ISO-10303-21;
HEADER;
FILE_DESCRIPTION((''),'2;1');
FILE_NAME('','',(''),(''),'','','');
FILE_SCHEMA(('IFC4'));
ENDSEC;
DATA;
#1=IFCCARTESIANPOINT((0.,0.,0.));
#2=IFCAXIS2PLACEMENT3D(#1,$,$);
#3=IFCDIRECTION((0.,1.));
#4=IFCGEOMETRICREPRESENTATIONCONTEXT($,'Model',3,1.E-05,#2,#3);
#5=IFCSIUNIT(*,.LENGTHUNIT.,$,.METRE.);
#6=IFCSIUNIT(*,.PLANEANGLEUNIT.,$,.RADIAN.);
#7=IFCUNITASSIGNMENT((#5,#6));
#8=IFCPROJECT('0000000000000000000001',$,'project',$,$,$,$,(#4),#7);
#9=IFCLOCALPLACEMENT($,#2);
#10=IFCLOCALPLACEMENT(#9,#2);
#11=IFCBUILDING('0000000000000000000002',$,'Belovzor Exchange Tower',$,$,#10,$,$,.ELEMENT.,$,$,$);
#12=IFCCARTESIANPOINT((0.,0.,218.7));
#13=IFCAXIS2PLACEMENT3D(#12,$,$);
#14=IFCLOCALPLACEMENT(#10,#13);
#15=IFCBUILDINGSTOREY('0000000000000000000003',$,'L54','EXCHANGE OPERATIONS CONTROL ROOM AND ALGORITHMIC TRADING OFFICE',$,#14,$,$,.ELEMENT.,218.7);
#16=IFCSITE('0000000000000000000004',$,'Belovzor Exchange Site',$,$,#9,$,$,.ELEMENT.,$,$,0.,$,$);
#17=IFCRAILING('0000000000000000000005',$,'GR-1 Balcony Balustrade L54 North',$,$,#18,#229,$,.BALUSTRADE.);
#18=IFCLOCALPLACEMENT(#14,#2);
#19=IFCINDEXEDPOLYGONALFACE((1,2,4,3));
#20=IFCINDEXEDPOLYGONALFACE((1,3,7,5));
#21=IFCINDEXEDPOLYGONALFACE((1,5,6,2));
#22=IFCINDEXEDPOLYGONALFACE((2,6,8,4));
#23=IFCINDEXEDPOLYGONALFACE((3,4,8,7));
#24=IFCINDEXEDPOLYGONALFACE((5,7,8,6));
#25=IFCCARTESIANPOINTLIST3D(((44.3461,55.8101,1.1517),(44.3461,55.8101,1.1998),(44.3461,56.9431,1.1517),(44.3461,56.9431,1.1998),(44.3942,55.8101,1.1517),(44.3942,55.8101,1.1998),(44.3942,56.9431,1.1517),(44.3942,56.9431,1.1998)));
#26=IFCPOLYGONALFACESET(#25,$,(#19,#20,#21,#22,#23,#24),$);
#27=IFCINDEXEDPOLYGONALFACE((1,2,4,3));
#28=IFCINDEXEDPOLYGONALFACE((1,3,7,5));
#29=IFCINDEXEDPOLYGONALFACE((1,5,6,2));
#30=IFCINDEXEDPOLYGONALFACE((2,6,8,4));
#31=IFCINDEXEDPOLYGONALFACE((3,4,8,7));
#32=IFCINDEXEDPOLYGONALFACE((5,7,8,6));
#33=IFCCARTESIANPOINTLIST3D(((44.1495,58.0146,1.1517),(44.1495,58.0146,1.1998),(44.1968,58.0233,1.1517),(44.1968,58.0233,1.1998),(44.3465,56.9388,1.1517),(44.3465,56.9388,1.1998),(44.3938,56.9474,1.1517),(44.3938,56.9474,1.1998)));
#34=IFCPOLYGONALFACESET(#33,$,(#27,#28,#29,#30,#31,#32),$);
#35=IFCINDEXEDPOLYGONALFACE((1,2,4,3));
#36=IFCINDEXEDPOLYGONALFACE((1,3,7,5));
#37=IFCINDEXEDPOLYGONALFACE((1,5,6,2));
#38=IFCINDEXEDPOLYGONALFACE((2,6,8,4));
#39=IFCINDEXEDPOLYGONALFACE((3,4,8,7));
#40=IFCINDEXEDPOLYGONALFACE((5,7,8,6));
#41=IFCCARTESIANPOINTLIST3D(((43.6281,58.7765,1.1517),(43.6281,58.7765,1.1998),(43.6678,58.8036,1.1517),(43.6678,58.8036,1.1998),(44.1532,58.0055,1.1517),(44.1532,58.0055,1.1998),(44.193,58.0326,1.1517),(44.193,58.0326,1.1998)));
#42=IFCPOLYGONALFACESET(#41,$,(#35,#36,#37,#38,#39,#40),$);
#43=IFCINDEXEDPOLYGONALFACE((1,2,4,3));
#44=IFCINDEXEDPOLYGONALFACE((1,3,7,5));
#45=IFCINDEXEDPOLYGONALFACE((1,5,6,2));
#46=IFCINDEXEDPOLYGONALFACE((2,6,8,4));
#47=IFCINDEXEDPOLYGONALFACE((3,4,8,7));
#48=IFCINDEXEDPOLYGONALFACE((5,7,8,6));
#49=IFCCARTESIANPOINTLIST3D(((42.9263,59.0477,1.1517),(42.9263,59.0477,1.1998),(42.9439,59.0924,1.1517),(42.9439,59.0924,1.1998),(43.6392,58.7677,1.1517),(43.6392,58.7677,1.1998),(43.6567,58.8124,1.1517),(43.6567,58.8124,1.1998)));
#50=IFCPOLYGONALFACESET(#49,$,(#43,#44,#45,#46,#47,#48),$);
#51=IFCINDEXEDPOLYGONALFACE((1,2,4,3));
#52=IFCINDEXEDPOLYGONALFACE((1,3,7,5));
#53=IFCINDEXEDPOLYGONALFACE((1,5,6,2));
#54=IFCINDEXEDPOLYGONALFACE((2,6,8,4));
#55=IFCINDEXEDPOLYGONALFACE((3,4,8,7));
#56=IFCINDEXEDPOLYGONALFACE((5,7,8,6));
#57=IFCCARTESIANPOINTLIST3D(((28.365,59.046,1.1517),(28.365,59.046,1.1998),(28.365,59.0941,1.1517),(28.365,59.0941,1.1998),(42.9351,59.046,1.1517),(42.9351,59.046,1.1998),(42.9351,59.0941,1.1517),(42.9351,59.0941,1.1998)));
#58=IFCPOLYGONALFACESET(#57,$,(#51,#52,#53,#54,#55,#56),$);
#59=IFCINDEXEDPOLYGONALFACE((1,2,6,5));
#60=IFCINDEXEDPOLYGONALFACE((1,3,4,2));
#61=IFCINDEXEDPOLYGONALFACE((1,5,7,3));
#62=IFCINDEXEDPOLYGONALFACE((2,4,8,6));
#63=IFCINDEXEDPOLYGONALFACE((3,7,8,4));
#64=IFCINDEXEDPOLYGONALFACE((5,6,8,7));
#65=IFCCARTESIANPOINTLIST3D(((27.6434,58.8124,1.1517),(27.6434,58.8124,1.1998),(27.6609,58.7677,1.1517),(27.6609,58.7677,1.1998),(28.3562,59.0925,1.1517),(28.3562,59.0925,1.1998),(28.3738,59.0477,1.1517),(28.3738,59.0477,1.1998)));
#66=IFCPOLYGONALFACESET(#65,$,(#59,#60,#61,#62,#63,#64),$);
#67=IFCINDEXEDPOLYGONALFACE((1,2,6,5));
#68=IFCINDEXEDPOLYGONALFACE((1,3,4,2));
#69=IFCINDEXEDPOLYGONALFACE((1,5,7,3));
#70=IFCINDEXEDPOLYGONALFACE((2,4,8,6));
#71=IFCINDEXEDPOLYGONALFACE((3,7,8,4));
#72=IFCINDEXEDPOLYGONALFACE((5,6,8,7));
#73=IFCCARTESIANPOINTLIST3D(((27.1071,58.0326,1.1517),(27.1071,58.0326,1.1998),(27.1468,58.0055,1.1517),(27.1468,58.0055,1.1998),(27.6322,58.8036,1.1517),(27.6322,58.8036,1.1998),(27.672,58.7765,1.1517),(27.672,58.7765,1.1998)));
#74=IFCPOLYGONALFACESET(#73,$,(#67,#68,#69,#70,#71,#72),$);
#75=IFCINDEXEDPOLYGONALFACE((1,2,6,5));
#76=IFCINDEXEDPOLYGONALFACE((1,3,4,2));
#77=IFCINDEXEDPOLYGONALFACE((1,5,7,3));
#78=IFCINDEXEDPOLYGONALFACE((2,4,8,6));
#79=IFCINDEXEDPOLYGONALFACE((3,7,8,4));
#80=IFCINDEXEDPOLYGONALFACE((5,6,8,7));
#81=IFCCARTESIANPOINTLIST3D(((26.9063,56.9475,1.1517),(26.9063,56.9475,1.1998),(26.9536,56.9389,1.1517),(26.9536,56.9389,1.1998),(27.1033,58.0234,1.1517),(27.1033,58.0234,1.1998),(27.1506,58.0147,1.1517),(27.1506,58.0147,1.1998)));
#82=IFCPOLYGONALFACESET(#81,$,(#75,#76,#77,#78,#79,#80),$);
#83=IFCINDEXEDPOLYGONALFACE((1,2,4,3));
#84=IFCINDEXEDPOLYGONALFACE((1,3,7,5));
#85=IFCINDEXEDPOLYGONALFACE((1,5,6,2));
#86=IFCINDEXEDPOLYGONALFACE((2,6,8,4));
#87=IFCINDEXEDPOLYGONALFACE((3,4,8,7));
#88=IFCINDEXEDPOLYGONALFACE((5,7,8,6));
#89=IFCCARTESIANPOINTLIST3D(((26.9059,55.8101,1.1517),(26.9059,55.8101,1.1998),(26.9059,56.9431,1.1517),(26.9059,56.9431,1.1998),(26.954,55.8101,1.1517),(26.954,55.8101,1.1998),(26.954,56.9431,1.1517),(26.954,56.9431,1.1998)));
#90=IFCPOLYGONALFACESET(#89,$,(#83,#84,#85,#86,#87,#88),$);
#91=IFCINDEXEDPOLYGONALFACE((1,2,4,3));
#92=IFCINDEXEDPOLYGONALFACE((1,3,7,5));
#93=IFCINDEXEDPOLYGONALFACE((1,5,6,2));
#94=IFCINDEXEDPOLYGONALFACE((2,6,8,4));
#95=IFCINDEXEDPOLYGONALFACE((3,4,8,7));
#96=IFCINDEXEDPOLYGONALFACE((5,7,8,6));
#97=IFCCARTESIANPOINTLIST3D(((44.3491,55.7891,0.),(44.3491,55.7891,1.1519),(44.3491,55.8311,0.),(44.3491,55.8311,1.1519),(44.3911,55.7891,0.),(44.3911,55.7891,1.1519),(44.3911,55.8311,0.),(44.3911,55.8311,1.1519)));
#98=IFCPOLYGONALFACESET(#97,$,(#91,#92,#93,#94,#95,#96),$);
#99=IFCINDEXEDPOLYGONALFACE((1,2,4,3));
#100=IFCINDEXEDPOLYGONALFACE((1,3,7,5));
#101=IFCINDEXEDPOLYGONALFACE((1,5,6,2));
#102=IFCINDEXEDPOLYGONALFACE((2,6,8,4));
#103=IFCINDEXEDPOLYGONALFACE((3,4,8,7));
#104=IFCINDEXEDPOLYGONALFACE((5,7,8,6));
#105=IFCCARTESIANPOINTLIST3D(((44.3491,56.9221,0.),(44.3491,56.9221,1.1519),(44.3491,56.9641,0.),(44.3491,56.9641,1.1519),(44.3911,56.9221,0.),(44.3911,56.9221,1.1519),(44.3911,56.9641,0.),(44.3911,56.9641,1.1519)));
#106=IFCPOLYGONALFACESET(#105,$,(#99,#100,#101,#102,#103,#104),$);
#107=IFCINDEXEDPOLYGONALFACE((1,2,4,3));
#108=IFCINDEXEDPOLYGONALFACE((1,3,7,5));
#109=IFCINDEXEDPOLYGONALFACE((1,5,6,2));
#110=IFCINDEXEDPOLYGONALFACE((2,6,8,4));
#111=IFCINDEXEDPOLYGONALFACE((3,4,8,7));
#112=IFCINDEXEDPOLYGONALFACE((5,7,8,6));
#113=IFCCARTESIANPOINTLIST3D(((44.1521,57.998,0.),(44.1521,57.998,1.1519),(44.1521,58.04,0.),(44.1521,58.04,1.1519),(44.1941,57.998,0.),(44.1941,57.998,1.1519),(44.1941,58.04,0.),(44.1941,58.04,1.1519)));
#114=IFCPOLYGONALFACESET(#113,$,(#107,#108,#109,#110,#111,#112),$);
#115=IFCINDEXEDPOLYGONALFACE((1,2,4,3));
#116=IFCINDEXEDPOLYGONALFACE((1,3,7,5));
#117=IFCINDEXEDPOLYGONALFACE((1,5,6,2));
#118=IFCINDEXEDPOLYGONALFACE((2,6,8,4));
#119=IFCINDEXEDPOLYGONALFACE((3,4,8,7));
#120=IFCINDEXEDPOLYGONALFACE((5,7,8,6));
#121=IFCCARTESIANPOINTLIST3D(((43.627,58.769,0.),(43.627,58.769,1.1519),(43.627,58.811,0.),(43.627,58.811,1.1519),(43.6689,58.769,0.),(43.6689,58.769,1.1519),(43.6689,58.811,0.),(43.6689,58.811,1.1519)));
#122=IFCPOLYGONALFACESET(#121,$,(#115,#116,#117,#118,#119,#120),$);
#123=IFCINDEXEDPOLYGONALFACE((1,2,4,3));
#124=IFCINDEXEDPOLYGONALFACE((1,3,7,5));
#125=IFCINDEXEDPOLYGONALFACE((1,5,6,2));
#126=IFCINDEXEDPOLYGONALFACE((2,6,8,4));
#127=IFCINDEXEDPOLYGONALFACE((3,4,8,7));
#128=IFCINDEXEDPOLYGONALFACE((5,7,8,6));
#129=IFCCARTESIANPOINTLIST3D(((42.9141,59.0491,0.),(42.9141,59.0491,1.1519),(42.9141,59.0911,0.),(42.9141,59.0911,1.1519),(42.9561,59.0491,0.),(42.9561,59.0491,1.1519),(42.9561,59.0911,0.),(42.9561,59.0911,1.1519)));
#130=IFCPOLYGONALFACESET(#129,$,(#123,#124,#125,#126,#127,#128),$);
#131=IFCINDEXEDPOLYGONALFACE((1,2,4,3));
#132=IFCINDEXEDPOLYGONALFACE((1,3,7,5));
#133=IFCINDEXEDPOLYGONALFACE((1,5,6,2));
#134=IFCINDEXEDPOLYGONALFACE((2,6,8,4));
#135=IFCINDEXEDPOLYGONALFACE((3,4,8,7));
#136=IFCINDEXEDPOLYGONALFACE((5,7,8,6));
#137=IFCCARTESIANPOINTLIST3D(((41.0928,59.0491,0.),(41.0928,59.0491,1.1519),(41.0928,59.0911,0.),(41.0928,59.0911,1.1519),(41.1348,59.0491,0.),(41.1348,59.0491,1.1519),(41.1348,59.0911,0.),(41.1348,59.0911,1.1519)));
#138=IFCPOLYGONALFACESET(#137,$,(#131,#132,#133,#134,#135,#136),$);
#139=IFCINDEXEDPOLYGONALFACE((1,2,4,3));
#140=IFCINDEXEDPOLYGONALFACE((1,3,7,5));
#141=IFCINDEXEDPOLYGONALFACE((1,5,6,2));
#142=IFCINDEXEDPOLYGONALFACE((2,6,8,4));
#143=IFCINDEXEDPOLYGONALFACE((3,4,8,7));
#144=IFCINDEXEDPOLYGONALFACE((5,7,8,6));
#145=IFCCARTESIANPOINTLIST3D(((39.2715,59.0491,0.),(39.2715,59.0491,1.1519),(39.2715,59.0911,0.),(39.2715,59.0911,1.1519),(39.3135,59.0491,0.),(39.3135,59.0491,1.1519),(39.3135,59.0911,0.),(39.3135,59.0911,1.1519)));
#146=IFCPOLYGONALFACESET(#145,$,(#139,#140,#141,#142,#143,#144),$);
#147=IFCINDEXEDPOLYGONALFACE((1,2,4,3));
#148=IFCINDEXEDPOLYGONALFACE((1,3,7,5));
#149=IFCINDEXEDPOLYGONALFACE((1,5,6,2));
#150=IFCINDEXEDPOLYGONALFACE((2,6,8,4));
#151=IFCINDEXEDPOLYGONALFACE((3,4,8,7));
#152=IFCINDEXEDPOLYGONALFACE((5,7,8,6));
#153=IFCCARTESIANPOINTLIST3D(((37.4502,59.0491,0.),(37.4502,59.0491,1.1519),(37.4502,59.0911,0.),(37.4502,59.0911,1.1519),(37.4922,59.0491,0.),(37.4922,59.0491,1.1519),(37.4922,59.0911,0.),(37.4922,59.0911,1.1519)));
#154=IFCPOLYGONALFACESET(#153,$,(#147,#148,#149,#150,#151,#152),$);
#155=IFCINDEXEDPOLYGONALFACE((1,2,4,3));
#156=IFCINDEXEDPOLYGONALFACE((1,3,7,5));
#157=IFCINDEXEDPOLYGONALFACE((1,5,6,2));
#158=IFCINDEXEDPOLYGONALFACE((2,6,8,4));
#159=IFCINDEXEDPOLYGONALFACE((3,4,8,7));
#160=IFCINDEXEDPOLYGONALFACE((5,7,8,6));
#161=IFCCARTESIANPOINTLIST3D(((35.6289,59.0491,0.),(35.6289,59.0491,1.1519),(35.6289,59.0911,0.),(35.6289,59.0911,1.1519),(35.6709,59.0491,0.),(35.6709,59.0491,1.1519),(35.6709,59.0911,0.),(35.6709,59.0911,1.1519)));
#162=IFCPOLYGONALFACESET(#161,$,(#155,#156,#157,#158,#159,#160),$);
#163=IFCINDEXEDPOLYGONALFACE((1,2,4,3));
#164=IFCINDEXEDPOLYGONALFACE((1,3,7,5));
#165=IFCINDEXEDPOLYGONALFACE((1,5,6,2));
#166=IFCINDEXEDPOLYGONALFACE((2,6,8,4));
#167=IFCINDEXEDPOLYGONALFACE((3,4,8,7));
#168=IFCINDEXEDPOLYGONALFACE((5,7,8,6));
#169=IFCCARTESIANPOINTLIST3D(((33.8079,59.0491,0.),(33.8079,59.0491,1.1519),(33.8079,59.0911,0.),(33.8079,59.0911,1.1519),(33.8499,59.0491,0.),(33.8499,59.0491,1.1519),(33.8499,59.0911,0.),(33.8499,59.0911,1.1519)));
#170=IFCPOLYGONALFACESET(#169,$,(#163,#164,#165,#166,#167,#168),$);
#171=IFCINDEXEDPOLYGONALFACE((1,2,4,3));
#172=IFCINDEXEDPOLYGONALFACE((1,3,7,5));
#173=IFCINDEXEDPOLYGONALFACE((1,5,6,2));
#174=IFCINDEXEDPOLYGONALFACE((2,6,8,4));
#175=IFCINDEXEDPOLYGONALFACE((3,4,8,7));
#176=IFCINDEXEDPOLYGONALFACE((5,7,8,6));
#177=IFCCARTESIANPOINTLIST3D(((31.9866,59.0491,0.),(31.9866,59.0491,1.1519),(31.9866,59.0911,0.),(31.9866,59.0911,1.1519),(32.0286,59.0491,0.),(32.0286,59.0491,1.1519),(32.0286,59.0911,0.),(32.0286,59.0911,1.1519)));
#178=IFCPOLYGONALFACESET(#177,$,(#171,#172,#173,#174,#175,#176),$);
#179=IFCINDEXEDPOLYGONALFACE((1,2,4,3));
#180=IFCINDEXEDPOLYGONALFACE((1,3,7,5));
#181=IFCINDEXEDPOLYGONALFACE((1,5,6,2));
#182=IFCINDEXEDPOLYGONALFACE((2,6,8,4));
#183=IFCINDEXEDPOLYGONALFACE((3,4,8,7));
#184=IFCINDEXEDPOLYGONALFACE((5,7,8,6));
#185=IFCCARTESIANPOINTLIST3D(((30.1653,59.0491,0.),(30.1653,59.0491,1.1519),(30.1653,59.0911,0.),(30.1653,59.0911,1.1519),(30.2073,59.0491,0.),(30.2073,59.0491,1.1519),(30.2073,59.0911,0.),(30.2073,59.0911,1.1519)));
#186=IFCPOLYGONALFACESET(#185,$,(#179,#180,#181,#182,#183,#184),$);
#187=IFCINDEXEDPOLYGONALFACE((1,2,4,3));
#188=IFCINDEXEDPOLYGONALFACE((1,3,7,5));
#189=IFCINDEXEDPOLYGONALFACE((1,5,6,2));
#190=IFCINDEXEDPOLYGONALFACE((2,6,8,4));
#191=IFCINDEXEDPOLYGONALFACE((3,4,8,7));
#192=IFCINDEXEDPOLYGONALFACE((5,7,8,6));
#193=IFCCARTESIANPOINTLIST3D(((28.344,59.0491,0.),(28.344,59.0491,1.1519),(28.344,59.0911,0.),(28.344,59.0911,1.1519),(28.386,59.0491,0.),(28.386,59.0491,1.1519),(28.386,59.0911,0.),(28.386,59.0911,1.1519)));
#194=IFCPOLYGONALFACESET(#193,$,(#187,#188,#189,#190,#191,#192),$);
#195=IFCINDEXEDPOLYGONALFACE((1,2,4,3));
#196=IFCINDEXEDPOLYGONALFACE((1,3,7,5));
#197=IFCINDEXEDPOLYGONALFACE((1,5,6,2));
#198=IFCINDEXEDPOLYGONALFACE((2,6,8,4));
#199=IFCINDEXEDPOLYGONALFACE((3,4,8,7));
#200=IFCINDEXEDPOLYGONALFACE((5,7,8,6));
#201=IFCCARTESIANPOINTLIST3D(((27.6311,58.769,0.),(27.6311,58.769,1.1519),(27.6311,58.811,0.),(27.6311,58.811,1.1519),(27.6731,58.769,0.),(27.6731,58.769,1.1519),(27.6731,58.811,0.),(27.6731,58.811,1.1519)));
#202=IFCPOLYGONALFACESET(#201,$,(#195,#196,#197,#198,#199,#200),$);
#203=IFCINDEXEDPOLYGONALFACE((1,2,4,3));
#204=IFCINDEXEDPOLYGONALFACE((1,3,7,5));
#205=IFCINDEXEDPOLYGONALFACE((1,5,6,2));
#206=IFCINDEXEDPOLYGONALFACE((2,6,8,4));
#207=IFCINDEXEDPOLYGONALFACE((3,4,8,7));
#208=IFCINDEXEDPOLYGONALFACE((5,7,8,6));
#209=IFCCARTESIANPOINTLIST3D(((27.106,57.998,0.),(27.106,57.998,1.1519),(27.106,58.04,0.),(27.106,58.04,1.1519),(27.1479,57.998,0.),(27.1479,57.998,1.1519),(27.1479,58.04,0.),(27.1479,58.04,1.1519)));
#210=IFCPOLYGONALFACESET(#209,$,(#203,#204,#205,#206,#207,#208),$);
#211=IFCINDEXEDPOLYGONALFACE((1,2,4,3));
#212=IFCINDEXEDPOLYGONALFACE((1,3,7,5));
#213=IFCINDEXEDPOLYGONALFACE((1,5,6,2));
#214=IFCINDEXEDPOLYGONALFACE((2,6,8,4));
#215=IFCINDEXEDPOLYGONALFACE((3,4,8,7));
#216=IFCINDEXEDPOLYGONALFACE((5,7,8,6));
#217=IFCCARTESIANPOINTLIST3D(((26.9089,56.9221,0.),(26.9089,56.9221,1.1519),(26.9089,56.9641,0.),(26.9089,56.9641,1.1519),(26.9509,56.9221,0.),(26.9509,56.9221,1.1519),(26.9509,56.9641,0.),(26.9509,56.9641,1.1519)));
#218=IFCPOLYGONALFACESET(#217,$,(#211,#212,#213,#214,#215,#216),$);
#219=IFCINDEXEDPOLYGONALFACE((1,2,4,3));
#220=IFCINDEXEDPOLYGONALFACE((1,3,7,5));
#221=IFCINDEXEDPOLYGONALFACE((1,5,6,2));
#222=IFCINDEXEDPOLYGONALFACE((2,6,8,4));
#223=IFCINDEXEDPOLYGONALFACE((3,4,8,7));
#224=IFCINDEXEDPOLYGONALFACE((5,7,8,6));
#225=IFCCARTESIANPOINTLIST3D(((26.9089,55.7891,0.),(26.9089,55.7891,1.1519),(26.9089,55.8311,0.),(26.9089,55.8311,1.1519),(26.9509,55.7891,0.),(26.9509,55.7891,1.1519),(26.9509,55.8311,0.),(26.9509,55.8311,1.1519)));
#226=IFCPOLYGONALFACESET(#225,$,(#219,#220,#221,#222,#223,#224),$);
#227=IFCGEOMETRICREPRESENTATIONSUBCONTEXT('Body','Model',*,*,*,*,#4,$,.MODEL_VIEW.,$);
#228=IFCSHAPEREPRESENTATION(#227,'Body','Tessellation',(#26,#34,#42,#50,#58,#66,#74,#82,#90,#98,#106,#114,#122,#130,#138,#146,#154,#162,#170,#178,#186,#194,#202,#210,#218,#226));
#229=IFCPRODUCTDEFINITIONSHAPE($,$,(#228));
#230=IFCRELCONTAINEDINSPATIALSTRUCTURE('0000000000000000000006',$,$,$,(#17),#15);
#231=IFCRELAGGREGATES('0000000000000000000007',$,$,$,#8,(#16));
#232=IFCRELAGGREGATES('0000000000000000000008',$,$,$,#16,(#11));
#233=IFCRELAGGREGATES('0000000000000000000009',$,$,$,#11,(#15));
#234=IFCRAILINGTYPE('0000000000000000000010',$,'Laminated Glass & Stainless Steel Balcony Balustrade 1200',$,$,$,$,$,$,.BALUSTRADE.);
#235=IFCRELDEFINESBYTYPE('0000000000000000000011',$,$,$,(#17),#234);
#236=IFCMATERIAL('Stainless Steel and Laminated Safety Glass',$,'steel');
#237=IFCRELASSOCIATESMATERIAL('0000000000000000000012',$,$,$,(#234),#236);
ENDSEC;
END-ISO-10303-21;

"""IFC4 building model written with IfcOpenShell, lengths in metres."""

from ifc_helpers import new_model, si_unit, direction, frame, origin, origin_2d, place, context, subcontext, project, spatial, rectangle, extrude, material, type_object, element, save


model = new_model("IFC4")

# Units and contexts
model_context = context("Model", 3, precision=1e-05, world=origin(), true_north=direction((0.0, 1.0)))
body_context = subcontext(model_context, "Body", "Model", "MODEL_VIEW")
ifc_project = project(units=[si_unit("LENGTHUNIT", "METRE"), si_unit("PLANEANGLEUNIT", "RADIAN")], contexts=[model_context])

# Site, building, storey
site_placement = place(None, origin())
site = spatial("IfcSite", under=ifc_project, at=site_placement, Name="Belovzor Exchange Site", CompositionType="ELEMENT", RefElevation=0.0)
building_placement = place(site_placement, origin())
building = spatial("IfcBuilding", under=site, at=building_placement, Name="Belovzor Exchange Tower", CompositionType="ELEMENT")
storey_placement = place(building_placement, frame((0.0, 0.0, 218.7)))
storey = spatial("IfcBuildingStorey", under=building, at=storey_placement, Name="L54", Description="EXCHANGE OPERATIONS CONTROL ROOM AND ALGORITHMIC TRADING OFFICE", CompositionType="ELEMENT", Elevation=218.7)

# Railing
ifc_material_1 = material(Name="Stainless Steel and Laminated Safety Glass", Category="steel")
railing_type = type_object("IfcRailingType", Name="Laminated Glass & Stainless Steel Balcony Balustrade 1200", PredefinedType="BALUSTRADE", material=ifc_material_1)
railing_placement = place(storey_placement, frame((44.3701, 55.8101, 0.0)))
element("IfcRailing", 1, at=railing_placement, inside=storey, type_object=railing_type, Name="GR-1 Balcony Balustrade L54 North", PredefinedType="BALUSTRADE", context=body_context, shape_type="SweptSolid", body=[
    extrude(rectangle(XDim=0.0481, YDim=0.0481, at=origin_2d()), frame((0.0, 0.0, 1.1758), z_axis=(0.0, 1.0, 0.0), x_axis=(-1.0, 0.0, 0.0)), (0.0, 0.0, 1.0), 1.1331),
    extrude(rectangle(XDim=0.0481, YDim=0.0481, at=origin_2d()), frame((0.0, 1.1331, 1.1758), z_axis=(-0.180123, 0.983644, 0.0), x_axis=(-0.983644, -0.180123, 0.0)), (0.0, 0.0, 1.0), 1.0938),
    extrude(rectangle(XDim=0.0481, YDim=0.0481, at=origin_2d()), frame((-0.197, 2.209, 1.1758), z_axis=(-0.562947, 0.826493, 0.0), x_axis=(-0.826493, -0.562947, 0.0)), (0.0, 0.0, 1.0), 0.9329),
    extrude(rectangle(XDim=0.0481, YDim=0.0481, at=origin_2d()), frame((-0.7222, 2.98, 1.1758), z_axis=(-0.930767, 0.365613, 0.0), x_axis=(-0.365613, -0.930767, 0.0)), (0.0, 0.0, 1.0), 0.7659),
    extrude(rectangle(XDim=0.0481, YDim=0.0481, at=origin_2d()), frame((-1.4351, 3.26, 1.1758), z_axis=(-1.0, 0.0, 0.0), x_axis=(0.0, -1.0, 0.0)), (0.0, 0.0, 1.0), 14.5701),
    extrude(rectangle(XDim=0.0481, YDim=0.0481, at=origin_2d()), frame((-16.0051, 3.26, 1.1758), z_axis=(-0.930767, -0.365613, 0.0), x_axis=(0.365613, -0.930767, 0.0)), (0.0, 0.0, 1.0), 0.7659),
    extrude(rectangle(XDim=0.0481, YDim=0.0481, at=origin_2d()), frame((-16.718, 2.98, 1.1758), z_axis=(-0.562947, -0.826493, 0.0), x_axis=(0.826493, -0.562947, 0.0)), (0.0, 0.0, 1.0), 0.9329),
    extrude(rectangle(XDim=0.0481, YDim=0.0481, at=origin_2d()), frame((-17.2432, 2.209, 1.1758), z_axis=(-0.180123, -0.983644, 0.0), x_axis=(0.983644, -0.180123, 0.0)), (0.0, 0.0, 1.0), 1.0938),
    extrude(rectangle(XDim=0.0481, YDim=0.0481, at=origin_2d()), frame((-17.4402, 1.1331, 1.1758), z_axis=(0.0, -1.0, 0.0), x_axis=(1.0, 0.0, 0.0)), (0.0, 0.0, 1.0), 1.1331),
    extrude(rectangle(XDim=0.042, YDim=0.042, at=origin_2d()), origin(), (0.0, 0.0, 1.0), 1.1519),
    extrude(rectangle(XDim=0.042, YDim=0.042, at=origin_2d()), frame((0.0, 1.1331, 0.0)), (0.0, 0.0, 1.0), 1.1519),
    extrude(rectangle(XDim=0.042, YDim=0.042, at=origin_2d()), frame((-0.197, 2.209, 0.0)), (0.0, 0.0, 1.0), 1.1519),
    extrude(rectangle(XDim=0.042, YDim=0.042, at=origin_2d()), frame((-0.7222, 2.98, 0.0)), (0.0, 0.0, 1.0), 1.1519),
    extrude(rectangle(XDim=0.042, YDim=0.042, at=origin_2d()), frame((-1.4351, 3.26, 0.0)), (0.0, 0.0, 1.0), 1.1519),
    extrude(rectangle(XDim=0.042, YDim=0.042, at=origin_2d()), frame((-3.2563, 3.26, 0.0)), (0.0, 0.0, 1.0), 1.1519),
    extrude(rectangle(XDim=0.042, YDim=0.042, at=origin_2d()), frame((-5.0776, 3.26, 0.0)), (0.0, 0.0, 1.0), 1.1519),
    extrude(rectangle(XDim=0.042, YDim=0.042, at=origin_2d()), frame((-6.8989, 3.26, 0.0)), (0.0, 0.0, 1.0), 1.1519),
    extrude(rectangle(XDim=0.042, YDim=0.042, at=origin_2d()), frame((-8.7202, 3.26, 0.0)), (0.0, 0.0, 1.0), 1.1519),
    extrude(rectangle(XDim=0.042, YDim=0.042, at=origin_2d()), frame((-10.5413, 3.26, 0.0)), (0.0, 0.0, 1.0), 1.1519),
    extrude(rectangle(XDim=0.042, YDim=0.042, at=origin_2d()), frame((-12.3625, 3.26, 0.0)), (0.0, 0.0, 1.0), 1.1519),
    extrude(rectangle(XDim=0.042, YDim=0.042, at=origin_2d()), frame((-14.1838, 3.26, 0.0)), (0.0, 0.0, 1.0), 1.1519),
    extrude(rectangle(XDim=0.042, YDim=0.042, at=origin_2d()), frame((-16.0051, 3.26, 0.0)), (0.0, 0.0, 1.0), 1.1519),
    extrude(rectangle(XDim=0.042, YDim=0.042, at=origin_2d()), frame((-16.718, 2.98, 0.0)), (0.0, 0.0, 1.0), 1.1519),
    extrude(rectangle(XDim=0.042, YDim=0.042, at=origin_2d()), frame((-17.2432, 2.209, 0.0)), (0.0, 0.0, 1.0), 1.1519),
    extrude(rectangle(XDim=0.042, YDim=0.042, at=origin_2d()), frame((-17.4402, 1.1331, 0.0)), (0.0, 0.0, 1.0), 1.1519),
    extrude(rectangle(XDim=0.042, YDim=0.042, at=origin_2d()), frame((-17.4402, 0.0, 0.0)), (0.0, 0.0, 1.0), 1.1519),
])

save(model, "model.ifc")
